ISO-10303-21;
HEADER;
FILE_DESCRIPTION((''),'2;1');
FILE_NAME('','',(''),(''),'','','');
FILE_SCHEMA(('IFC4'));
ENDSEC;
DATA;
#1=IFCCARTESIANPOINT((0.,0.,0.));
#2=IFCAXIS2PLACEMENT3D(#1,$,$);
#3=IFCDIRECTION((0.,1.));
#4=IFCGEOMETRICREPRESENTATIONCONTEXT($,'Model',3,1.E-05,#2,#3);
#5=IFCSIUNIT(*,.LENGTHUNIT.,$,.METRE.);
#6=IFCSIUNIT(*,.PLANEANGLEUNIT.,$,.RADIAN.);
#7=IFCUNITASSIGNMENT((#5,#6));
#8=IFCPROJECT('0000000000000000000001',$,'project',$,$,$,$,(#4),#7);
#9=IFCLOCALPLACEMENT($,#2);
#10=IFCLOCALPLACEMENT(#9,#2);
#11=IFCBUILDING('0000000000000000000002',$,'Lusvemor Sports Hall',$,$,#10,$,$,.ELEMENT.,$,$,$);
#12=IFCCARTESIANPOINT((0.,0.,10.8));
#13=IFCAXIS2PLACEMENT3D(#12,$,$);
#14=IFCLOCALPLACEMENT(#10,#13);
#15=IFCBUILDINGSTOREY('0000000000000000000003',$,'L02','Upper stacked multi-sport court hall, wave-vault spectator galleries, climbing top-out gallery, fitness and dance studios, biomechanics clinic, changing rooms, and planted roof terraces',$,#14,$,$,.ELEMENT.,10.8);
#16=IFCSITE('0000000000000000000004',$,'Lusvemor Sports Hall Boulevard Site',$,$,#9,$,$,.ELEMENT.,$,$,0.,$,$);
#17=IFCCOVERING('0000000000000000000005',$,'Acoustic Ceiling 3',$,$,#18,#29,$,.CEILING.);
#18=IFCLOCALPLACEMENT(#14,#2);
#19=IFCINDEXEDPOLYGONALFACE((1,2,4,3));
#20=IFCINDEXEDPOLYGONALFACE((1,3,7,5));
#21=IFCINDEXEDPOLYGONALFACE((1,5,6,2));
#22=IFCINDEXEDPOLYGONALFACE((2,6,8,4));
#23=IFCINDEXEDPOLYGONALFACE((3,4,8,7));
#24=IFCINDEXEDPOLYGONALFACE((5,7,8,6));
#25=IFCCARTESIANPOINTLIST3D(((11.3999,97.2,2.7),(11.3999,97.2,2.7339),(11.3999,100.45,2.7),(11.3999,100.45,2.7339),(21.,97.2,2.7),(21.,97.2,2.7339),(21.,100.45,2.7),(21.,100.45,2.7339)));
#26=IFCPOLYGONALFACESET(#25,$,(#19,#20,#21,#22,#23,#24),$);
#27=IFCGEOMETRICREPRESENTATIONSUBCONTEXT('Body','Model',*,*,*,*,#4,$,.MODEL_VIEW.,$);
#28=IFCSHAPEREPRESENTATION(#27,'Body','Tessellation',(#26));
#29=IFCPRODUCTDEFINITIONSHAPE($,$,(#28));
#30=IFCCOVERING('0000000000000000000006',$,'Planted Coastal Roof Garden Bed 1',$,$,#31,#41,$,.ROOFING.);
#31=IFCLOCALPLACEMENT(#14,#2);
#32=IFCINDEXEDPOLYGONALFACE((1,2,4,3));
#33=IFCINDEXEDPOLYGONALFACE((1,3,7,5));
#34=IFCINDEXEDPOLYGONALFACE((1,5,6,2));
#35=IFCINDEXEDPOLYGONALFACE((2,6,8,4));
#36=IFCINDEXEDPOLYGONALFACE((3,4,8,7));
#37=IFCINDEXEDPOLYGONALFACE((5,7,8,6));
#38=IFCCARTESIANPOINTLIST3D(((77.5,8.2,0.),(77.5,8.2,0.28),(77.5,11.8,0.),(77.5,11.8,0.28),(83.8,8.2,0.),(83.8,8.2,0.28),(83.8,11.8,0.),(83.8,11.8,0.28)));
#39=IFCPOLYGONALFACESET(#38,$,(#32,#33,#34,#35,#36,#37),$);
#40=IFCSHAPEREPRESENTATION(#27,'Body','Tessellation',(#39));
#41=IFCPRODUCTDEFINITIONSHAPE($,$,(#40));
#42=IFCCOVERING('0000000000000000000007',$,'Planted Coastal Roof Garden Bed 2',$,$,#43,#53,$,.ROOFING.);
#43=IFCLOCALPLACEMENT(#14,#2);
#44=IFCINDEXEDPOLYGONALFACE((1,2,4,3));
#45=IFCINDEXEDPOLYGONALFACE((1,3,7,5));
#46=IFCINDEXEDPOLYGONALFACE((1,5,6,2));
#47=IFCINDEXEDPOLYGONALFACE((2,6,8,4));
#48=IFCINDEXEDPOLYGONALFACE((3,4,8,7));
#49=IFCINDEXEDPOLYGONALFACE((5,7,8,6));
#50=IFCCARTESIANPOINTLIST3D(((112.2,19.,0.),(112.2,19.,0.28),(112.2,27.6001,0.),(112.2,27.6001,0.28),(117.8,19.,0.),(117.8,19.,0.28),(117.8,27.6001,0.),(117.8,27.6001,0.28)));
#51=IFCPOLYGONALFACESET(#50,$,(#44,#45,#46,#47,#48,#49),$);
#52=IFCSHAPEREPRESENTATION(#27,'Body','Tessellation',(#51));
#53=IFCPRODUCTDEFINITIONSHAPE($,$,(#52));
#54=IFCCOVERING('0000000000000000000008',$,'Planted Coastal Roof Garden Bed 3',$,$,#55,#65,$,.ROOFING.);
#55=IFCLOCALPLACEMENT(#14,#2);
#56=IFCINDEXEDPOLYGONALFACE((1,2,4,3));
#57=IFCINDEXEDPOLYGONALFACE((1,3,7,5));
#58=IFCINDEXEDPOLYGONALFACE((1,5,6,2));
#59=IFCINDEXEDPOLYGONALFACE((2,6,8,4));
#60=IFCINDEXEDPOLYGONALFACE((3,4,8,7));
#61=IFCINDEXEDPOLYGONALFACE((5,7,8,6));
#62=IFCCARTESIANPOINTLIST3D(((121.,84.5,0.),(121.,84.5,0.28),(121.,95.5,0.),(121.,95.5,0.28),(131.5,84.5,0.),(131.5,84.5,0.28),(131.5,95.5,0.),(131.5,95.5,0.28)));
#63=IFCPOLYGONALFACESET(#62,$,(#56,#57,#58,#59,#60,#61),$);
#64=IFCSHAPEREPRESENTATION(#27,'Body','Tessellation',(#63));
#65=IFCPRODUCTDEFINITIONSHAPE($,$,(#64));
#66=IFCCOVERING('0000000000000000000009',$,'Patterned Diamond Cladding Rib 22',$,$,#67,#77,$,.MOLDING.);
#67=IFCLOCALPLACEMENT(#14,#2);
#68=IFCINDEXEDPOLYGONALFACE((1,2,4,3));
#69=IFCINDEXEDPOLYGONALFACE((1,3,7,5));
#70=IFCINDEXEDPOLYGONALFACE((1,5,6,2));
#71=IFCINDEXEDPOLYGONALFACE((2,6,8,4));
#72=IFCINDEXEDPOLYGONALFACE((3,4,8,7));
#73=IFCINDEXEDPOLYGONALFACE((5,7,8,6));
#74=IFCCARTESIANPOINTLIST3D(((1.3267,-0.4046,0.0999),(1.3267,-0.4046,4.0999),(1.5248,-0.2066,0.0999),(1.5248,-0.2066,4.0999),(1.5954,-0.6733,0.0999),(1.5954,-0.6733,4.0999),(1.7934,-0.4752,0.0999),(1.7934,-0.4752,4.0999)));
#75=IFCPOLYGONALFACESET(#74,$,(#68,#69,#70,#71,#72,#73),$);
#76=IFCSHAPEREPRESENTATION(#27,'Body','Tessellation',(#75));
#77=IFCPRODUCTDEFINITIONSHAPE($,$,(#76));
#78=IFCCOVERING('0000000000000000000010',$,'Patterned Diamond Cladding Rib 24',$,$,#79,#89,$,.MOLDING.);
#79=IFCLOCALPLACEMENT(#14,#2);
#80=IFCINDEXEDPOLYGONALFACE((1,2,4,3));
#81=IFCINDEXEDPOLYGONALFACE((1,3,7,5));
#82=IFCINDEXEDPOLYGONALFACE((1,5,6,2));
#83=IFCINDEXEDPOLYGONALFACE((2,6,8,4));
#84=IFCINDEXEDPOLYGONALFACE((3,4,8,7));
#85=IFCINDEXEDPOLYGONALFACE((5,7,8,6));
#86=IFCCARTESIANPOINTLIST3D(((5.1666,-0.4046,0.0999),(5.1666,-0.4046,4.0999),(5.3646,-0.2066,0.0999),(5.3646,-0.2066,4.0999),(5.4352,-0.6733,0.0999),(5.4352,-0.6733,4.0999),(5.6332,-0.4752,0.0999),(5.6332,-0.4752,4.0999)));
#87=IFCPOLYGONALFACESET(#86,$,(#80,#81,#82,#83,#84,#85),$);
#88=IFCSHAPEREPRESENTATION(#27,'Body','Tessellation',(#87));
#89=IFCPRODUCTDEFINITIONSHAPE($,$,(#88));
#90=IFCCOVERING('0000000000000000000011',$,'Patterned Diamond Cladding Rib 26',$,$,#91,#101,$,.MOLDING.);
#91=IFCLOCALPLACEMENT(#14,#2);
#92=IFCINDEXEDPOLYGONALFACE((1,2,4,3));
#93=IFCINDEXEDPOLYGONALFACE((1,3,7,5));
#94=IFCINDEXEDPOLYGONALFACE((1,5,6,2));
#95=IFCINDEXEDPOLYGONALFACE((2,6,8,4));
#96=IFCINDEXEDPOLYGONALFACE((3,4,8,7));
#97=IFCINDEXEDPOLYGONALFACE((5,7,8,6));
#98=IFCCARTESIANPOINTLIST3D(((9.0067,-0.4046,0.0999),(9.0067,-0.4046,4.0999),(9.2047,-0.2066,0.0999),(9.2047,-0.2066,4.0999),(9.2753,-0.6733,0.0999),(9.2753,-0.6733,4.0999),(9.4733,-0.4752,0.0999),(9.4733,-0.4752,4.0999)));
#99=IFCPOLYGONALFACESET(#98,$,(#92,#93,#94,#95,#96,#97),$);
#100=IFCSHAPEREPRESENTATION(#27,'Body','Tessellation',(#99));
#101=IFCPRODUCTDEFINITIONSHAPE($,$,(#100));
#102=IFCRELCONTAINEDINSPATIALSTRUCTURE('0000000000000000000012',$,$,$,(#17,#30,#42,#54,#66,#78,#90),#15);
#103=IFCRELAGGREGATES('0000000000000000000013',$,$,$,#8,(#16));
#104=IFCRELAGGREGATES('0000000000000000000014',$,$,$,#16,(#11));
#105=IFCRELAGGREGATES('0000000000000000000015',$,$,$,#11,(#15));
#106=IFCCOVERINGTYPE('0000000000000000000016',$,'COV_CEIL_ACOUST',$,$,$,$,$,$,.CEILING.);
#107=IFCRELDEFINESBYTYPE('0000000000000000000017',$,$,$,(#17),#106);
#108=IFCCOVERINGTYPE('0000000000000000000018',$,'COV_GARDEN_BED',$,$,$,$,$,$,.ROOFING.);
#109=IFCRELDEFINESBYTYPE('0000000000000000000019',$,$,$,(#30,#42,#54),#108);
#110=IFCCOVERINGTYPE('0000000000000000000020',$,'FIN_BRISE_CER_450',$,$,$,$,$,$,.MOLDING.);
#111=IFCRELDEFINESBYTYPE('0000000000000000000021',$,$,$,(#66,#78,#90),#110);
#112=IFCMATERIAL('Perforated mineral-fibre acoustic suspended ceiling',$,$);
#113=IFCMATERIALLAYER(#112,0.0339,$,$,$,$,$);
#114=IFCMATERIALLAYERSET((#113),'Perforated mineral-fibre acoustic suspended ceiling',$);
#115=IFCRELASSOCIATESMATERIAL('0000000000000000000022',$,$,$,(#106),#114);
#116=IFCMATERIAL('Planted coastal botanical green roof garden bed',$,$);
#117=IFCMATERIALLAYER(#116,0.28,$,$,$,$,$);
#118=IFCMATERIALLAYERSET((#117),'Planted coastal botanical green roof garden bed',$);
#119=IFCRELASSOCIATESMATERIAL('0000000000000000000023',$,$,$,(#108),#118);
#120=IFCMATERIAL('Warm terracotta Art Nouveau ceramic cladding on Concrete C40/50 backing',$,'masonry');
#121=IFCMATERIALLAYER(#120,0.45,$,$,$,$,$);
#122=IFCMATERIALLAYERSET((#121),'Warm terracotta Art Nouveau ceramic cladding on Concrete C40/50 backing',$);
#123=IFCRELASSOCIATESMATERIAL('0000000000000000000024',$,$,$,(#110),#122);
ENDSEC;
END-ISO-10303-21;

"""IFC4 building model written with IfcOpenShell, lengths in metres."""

from ifc_helpers import new_model, si_unit, direction, frame, origin, origin_2d, place, context, subcontext, project, spatial, polyline, rectangle, outline, extrude, material, layer, layer_set, type_object, element, save


model = new_model("IFC4")

# Units and contexts
model_context = context("Model", 3, precision=1e-05, world=origin(), true_north=direction((0.0, 1.0)))
body_context = subcontext(model_context, "Body", "Model", "MODEL_VIEW")
ifc_project = project(units=[si_unit("LENGTHUNIT", "METRE"), si_unit("PLANEANGLEUNIT", "RADIAN")], contexts=[model_context])

# Site, building, storey
site_placement = place(None, origin())
site = spatial("IfcSite", under=ifc_project, at=site_placement, Name="Lusvemor Sports Hall Boulevard Site", CompositionType="ELEMENT", RefElevation=0.0)
building_placement = place(site_placement, origin())
building = spatial("IfcBuilding", under=site, at=building_placement, Name="Lusvemor Sports Hall", CompositionType="ELEMENT")
storey_placement = place(building_placement, frame((0.0, 0.0, 10.8)))
storey = spatial("IfcBuildingStorey", under=building, at=storey_placement, Name="L02", Description="Upper stacked multi-sport court hall, wave-vault spectator galleries, climbing top-out gallery, fitness and dance studios, biomechanics clinic, changing rooms, and planted roof terraces", CompositionType="ELEMENT", Elevation=10.8)

# Coverings
ifc_material_1 = material(Name="Perforated mineral-fibre acoustic suspended ceiling")
ifc_layer_1 = layer(ifc_material_1, 0.0339)
ifc_layer_set_1 = layer_set([ifc_layer_1], Name="Perforated mineral-fibre acoustic suspended ceiling")
covering_type_1 = type_object("IfcCoveringType", Name="COV_CEIL_ACOUST", PredefinedType="CEILING", material=ifc_layer_set_1)
covering_1_placement = place(storey_placement, frame((0.0, 0.0, 2.7)))
element("IfcCovering", 1, at=covering_1_placement, inside=storey, type_object=covering_type_1, Name="Acoustic Ceiling 3", PredefinedType="CEILING", context=body_context, shape_type="SweptSolid", body=[
    extrude(outline(polyline([(11.3999, 97.2), (21.0, 97.2), (21.0, 100.45), (11.3999, 100.45), (11.3999, 97.2)])), origin(), (0.0, 0.0, 1.0), 0.0339),
])
ifc_material_2 = material(Name="Planted coastal botanical green roof garden bed")
ifc_layer_2 = layer(ifc_material_2, 0.28)
ifc_layer_set_2 = layer_set([ifc_layer_2], Name="Planted coastal botanical green roof garden bed")
covering_type_2 = type_object("IfcCoveringType", Name="COV_GARDEN_BED", PredefinedType="ROOFING", material=ifc_layer_set_2)
covering_2_placement = place(storey_placement, origin())
element("IfcCovering", 2, at=covering_2_placement, inside=storey, type_object=covering_type_2, Name="Planted Coastal Roof Garden Bed 1", PredefinedType="ROOFING", context=body_context, shape_type="SweptSolid", body=[
    extrude(outline(polyline([(77.5, 8.2), (83.8, 8.2), (83.8, 11.8), (77.5, 11.8), (77.5, 8.2)])), origin(), (0.0, 0.0, 1.0), 0.28),
])
covering_3_placement = place(storey_placement, origin())
element("IfcCovering", 3, at=covering_3_placement, inside=storey, type_object=covering_type_2, Name="Planted Coastal Roof Garden Bed 2", PredefinedType="ROOFING", context=body_context, shape_type="SweptSolid", body=[
    extrude(outline(polyline([(112.2, 19.0), (117.8, 19.0), (117.8, 27.6001), (112.2, 27.6001), (112.2, 19.0)])), origin(), (0.0, 0.0, 1.0), 0.28),
])
covering_4_placement = place(storey_placement, origin())
element("IfcCovering", 4, at=covering_4_placement, inside=storey, type_object=covering_type_2, Name="Planted Coastal Roof Garden Bed 3", PredefinedType="ROOFING", context=body_context, shape_type="SweptSolid", body=[
    extrude(outline(polyline([(121.0, 84.5), (131.5, 84.5), (131.5, 95.5), (121.0, 95.5), (121.0, 84.5)])), origin(), (0.0, 0.0, 1.0), 0.28),
])
ifc_material_3 = material(Name="Warm terracotta Art Nouveau ceramic cladding on Concrete C40/50 backing", Category="masonry")
ifc_layer_3 = layer(ifc_material_3, 0.45)
ifc_layer_set_3 = layer_set([ifc_layer_3], Name="Warm terracotta Art Nouveau ceramic cladding on Concrete C40/50 backing")
covering_type_3 = type_object("IfcCoveringType", Name="FIN_BRISE_CER_450", PredefinedType="MOLDING", material=ifc_layer_set_3)
for number, where, z_axis, x_axis, name in (
    (5, (1.5601, -0.4399, 0.0999), (0.0, 0.0, 1.0), (0.707107, 0.707107, 0.0), "Patterned Diamond Cladding Rib 22"),
    (6, (5.3999, -0.4399, 0.0999), (0.0, 0.0, 1.0), (0.707107, 0.707107, 0.0), "Patterned Diamond Cladding Rib 24"),
    (7, (9.24, -0.4399, 0.0999), (0.0, 0.0, 1.0), (0.707107, 0.707107, 0.0), "Patterned Diamond Cladding Rib 26"),
):
    element("IfcCovering", number, at=place(storey_placement, frame(where, z_axis=z_axis, x_axis=x_axis)), inside=storey, type_object=covering_type_3, Name=name, PredefinedType="MOLDING", context=body_context, shape_type="SweptSolid", body=[
        extrude(rectangle(XDim=0.28, YDim=0.3799, at=origin_2d()), origin(), (0.0, 0.0, 1.0), 4.0),
    ])

save(model, "model.ifc")
